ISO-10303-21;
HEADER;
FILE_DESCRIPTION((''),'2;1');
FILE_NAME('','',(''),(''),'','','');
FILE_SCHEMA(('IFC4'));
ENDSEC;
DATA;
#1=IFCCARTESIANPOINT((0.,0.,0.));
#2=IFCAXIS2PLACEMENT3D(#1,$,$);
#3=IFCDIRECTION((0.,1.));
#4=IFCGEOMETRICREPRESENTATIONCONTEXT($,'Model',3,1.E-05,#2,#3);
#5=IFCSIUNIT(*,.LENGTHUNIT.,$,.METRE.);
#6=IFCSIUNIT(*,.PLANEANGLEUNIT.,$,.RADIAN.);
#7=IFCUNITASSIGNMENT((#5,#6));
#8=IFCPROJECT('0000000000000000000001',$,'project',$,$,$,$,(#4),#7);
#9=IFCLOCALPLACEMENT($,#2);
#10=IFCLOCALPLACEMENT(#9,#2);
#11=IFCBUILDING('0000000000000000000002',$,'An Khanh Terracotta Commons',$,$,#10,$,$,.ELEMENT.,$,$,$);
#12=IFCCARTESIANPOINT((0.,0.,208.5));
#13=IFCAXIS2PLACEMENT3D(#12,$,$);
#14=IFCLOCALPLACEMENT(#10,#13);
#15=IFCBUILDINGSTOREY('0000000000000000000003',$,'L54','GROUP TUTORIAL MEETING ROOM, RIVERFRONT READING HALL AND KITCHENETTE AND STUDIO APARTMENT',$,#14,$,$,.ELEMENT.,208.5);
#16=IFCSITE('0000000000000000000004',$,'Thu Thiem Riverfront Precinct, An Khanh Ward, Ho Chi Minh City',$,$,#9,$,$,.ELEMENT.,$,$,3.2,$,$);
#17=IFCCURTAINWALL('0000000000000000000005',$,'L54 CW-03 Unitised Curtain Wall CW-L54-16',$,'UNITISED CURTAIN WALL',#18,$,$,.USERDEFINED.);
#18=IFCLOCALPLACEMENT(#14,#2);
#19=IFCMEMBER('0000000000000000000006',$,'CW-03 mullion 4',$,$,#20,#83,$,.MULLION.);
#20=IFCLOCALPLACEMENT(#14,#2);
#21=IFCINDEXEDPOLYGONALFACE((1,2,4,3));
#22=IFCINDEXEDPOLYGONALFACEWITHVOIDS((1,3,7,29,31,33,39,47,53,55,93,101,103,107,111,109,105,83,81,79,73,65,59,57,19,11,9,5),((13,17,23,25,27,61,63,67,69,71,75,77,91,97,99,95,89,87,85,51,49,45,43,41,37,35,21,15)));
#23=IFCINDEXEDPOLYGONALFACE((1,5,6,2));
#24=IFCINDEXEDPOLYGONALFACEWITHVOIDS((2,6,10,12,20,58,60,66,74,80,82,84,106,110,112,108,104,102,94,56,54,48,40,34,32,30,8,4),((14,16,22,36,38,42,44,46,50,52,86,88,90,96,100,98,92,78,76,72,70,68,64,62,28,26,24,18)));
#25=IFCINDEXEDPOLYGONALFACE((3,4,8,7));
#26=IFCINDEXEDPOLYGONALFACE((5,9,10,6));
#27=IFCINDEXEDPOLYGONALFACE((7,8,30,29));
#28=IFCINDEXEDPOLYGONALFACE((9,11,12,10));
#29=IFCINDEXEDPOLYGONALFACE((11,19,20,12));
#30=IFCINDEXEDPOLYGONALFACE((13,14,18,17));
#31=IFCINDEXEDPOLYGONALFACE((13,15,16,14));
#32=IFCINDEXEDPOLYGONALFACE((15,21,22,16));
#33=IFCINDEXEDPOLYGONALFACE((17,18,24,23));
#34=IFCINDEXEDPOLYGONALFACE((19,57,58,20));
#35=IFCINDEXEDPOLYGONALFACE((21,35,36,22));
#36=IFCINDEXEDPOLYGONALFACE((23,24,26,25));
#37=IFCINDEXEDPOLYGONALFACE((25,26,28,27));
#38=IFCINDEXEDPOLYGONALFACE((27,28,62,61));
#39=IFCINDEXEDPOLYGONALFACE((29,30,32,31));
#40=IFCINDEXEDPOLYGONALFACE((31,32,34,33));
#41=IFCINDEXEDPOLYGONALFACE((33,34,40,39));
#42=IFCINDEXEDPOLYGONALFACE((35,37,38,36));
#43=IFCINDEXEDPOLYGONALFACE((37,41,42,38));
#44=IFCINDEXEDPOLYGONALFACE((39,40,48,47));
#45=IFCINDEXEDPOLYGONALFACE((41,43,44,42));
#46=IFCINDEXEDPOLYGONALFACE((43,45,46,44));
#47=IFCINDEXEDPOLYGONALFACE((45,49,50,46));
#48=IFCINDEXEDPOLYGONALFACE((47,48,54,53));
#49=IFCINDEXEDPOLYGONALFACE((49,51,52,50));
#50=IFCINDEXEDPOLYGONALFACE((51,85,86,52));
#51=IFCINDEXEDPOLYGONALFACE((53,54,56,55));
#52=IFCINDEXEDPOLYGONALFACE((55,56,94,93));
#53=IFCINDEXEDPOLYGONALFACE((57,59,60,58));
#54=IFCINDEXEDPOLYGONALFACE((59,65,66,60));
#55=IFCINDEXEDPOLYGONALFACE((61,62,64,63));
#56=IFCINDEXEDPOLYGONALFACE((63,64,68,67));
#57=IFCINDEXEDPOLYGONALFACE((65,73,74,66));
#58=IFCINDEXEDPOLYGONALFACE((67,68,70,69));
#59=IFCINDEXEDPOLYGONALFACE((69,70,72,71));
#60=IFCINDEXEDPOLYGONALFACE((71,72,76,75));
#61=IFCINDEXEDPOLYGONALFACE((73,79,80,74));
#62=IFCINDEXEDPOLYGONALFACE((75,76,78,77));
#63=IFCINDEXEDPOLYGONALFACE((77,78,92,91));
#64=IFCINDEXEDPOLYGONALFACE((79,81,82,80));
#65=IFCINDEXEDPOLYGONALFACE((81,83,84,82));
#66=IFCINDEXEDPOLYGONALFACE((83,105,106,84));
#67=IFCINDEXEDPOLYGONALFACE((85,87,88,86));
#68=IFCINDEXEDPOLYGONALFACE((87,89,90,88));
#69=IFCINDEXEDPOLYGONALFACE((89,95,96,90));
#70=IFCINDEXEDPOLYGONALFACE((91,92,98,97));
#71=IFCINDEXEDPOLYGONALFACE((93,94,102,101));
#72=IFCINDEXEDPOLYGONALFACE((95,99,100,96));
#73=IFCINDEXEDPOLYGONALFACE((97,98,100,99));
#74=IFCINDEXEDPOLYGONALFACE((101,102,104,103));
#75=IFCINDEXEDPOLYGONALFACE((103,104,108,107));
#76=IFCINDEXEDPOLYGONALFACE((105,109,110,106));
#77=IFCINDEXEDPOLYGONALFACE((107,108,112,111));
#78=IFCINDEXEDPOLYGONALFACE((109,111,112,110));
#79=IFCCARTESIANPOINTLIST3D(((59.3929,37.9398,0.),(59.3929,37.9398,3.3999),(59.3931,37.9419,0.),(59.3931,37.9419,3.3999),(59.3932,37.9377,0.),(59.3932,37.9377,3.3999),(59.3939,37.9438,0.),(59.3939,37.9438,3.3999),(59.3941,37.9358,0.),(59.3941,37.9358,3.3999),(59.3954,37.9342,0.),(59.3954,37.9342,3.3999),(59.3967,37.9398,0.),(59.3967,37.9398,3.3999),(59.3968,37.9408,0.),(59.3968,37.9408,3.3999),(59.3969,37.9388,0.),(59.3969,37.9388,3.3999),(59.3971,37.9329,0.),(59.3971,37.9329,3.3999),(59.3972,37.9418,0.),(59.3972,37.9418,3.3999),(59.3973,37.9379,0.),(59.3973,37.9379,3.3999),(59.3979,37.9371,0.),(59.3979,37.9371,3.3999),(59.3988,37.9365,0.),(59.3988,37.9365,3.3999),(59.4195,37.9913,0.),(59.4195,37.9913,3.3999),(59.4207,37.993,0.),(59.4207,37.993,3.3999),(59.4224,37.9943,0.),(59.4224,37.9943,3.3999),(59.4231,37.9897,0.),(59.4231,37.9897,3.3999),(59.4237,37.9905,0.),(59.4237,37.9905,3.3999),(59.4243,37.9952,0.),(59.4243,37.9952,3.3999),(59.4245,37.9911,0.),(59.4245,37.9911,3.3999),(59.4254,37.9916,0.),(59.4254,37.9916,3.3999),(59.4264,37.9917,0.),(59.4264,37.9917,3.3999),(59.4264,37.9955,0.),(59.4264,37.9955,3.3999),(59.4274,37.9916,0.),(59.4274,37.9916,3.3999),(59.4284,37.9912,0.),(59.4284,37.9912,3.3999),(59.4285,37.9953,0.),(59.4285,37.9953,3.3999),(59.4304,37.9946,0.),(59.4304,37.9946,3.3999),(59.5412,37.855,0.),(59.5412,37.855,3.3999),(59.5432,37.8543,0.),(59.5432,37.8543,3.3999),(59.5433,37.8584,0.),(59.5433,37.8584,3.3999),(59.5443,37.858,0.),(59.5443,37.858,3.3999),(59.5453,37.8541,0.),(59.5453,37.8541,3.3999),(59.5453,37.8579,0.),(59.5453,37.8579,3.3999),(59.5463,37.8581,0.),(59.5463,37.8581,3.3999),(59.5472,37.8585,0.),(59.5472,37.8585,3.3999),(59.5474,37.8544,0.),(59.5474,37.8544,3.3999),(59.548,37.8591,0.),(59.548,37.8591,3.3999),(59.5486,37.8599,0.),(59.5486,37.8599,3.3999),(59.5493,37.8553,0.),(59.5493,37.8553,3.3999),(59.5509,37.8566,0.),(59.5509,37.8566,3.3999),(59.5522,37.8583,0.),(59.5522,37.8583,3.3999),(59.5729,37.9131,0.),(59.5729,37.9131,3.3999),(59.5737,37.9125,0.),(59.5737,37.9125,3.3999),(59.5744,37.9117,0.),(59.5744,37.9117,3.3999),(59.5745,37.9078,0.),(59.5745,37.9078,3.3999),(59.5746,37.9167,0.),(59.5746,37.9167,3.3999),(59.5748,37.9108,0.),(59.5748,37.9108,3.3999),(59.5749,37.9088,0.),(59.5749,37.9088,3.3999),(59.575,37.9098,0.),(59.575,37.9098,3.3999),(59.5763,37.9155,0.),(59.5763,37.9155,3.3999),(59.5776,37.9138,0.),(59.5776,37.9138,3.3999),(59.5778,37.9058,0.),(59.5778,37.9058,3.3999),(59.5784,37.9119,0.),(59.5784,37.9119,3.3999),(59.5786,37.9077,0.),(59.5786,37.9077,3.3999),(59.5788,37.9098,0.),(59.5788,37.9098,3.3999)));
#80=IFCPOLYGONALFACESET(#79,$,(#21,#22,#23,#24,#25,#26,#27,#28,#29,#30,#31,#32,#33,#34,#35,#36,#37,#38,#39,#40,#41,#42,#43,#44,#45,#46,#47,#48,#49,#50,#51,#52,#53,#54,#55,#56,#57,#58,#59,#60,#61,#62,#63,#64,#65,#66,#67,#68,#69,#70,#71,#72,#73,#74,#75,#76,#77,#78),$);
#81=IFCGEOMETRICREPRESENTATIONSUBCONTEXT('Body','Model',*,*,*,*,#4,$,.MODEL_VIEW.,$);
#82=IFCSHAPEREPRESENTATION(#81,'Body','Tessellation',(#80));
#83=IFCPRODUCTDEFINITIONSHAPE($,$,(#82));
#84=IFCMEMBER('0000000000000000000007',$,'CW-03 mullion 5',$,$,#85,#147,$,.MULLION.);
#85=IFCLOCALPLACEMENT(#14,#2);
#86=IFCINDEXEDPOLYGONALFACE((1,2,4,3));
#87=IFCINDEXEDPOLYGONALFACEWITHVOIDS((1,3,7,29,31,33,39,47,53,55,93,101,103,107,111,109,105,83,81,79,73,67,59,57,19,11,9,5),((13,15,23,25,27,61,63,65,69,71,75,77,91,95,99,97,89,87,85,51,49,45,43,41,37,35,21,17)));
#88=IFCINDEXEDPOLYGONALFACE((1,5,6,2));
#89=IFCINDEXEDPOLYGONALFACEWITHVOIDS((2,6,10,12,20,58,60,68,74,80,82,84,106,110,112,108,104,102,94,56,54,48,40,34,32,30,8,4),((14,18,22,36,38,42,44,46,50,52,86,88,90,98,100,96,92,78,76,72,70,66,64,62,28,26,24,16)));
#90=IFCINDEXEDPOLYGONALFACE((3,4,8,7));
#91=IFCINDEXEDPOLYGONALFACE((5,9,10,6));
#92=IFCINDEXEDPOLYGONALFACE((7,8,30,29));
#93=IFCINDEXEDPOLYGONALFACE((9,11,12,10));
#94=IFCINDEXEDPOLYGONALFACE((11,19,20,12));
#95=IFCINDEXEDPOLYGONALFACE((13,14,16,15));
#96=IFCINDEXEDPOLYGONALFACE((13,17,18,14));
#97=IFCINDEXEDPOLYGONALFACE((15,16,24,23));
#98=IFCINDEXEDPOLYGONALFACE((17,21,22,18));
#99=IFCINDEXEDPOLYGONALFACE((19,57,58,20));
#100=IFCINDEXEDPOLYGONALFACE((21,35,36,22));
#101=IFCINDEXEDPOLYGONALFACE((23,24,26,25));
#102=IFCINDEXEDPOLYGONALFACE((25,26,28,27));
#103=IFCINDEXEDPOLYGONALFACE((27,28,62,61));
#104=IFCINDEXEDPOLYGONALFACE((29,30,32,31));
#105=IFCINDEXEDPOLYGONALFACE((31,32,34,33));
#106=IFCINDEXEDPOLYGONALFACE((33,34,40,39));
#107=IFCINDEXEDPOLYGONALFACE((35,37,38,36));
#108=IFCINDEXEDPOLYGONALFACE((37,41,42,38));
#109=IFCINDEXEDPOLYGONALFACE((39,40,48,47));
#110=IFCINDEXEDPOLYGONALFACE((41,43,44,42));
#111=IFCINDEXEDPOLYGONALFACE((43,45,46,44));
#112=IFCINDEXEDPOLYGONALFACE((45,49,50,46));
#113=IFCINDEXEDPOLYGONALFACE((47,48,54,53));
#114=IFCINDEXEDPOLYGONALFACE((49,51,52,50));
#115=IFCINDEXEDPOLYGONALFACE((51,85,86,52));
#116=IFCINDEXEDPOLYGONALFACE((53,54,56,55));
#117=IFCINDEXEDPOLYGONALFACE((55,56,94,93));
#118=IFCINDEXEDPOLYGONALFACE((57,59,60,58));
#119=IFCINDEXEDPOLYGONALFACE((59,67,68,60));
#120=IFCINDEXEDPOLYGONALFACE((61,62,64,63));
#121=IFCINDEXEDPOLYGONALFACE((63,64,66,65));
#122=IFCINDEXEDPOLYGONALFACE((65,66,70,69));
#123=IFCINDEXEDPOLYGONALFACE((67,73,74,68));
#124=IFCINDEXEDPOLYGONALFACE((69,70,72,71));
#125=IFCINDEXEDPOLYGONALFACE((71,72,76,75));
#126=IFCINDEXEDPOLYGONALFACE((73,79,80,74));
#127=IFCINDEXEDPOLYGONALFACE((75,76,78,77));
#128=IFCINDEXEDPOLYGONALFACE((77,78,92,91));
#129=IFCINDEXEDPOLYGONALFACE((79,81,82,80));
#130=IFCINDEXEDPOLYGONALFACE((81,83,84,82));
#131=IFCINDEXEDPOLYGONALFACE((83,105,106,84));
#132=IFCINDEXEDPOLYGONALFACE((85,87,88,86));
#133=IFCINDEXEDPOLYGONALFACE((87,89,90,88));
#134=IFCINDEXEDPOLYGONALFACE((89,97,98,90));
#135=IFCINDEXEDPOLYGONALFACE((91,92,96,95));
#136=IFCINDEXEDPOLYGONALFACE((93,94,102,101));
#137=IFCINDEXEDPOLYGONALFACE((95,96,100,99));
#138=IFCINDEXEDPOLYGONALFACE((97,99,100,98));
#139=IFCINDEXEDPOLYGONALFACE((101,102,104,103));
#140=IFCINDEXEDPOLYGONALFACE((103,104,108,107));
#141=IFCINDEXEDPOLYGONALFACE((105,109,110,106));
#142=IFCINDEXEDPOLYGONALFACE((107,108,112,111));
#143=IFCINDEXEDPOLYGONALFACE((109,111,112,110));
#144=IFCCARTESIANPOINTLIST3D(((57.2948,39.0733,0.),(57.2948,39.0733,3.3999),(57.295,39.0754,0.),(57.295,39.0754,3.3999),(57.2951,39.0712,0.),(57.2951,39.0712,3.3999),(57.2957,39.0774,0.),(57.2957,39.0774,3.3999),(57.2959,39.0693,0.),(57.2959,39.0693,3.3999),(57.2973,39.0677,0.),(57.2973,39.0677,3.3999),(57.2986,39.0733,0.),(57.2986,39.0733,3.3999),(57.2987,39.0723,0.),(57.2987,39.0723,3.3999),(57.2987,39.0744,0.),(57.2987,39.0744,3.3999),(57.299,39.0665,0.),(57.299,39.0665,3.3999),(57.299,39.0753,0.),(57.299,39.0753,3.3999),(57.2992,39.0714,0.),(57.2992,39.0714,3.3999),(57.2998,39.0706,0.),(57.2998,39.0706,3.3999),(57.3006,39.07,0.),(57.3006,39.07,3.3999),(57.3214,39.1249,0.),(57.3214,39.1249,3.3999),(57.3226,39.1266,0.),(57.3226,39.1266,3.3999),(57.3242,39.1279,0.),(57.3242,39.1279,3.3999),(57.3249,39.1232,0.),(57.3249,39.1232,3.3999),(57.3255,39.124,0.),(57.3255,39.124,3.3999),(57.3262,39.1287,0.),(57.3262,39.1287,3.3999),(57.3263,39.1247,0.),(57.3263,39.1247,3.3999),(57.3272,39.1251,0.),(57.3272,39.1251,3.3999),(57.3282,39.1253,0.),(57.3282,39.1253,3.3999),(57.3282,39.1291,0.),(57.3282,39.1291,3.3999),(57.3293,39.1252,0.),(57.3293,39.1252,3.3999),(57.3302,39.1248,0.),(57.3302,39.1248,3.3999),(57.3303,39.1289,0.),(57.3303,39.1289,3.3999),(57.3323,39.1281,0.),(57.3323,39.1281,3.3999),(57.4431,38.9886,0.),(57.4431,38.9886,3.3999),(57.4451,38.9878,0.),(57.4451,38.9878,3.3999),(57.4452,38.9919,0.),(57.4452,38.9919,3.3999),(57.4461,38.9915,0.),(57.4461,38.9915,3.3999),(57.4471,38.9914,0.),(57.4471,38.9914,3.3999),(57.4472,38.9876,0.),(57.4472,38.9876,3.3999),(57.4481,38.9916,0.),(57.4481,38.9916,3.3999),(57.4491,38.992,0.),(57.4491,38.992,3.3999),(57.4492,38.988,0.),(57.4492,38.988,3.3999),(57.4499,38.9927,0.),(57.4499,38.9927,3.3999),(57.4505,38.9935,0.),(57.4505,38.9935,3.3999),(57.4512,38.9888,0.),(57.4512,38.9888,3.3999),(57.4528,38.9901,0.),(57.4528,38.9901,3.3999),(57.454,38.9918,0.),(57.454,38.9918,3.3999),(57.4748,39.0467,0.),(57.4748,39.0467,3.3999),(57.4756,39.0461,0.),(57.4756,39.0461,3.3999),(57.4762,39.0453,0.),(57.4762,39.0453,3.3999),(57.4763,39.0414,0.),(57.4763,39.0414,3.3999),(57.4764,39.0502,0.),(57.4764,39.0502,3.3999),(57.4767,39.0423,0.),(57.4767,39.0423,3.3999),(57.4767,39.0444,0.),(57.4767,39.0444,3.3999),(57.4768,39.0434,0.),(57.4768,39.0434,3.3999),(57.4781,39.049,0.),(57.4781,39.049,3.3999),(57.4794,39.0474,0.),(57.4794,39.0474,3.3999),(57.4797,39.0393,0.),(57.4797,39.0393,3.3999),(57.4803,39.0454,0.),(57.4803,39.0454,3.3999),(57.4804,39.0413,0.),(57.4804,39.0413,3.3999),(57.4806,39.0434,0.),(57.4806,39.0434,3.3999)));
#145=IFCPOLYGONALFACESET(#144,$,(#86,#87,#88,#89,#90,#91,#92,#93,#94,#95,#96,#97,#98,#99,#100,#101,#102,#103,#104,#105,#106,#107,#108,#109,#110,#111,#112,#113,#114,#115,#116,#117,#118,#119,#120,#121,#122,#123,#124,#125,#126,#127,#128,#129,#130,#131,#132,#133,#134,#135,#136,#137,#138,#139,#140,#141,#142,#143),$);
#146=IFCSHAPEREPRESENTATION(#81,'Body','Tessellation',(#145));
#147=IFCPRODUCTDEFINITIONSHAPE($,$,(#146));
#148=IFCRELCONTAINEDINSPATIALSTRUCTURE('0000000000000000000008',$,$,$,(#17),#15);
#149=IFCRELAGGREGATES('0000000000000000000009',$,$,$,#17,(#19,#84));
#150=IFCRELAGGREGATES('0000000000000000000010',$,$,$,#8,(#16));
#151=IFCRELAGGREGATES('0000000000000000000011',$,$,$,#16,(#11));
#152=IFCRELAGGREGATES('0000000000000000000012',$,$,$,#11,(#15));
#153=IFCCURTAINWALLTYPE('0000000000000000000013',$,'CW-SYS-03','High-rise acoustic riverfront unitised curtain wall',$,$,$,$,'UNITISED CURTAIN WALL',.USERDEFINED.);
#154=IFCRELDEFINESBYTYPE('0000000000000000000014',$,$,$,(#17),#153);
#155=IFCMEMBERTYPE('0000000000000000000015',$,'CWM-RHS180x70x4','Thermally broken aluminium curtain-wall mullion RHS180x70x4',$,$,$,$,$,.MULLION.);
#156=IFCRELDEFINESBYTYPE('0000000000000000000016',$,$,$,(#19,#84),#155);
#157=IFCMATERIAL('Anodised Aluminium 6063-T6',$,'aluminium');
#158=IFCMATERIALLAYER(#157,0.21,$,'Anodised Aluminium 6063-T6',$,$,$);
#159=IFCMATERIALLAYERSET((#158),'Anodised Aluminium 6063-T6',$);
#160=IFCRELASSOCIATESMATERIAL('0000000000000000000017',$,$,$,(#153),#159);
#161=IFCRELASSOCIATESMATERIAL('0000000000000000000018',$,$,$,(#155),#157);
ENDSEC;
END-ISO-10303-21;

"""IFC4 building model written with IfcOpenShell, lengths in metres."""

from ifc_helpers import new_model, si_unit, direction, frame, origin, origin_2d, place, context, subcontext, project, spatial, hollow_rectangle, extrude, material, layer, layer_set, material_profile, profile_set, type_object, element, aggregate, save


model = new_model("IFC4")

# Units and contexts
model_context = context("Model", 3, precision=1e-05, world=origin(), true_north=direction((0.0, 1.0)))
body_context = subcontext(model_context, "Body", "Model", "MODEL_VIEW")
ifc_project = project(units=[si_unit("LENGTHUNIT", "METRE"), si_unit("PLANEANGLEUNIT", "RADIAN")], contexts=[model_context])

# Site, building, storey
site_placement = place(None, origin())
site = spatial("IfcSite", under=ifc_project, at=site_placement, Name="Thu Thiem Riverfront Precinct, An Khanh Ward, Ho Chi Minh City", CompositionType="ELEMENT", RefElevation=3.2)
building_placement = place(site_placement, origin())
building = spatial("IfcBuilding", under=site, at=building_placement, Name="An Khanh Terracotta Commons", CompositionType="ELEMENT")
storey_placement = place(building_placement, frame((0.0, 0.0, 208.5)))
storey = spatial("IfcBuildingStorey", under=building, at=storey_placement, Name="L54", Description="GROUP TUTORIAL MEETING ROOM, RIVERFRONT READING HALL AND KITCHENETTE AND STUDIO APARTMENT", CompositionType="ELEMENT", Elevation=208.5)

# Curtain wall, members
ifc_material_1 = material(Name="Anodised Aluminium 6063-T6", Category="aluminium")
ifc_layer_1 = layer(ifc_material_1, 0.21, Name="Anodised Aluminium 6063-T6")
ifc_layer_set_1 = layer_set([ifc_layer_1], Name="Anodised Aluminium 6063-T6")
curtain_wall_type = type_object("IfcCurtainWallType", Name="CW-SYS-03", Description="High-rise acoustic riverfront unitised curtain wall", ElementType="UNITISED CURTAIN WALL", PredefinedType="USERDEFINED", material=ifc_layer_set_1)
curtain_wall_placement = place(storey_placement, origin())
curtain_wall = element("IfcCurtainWall", 1, at=curtain_wall_placement, inside=storey, type_object=curtain_wall_type, Name="L54 CW-03 Unitised Curtain Wall CW-L54-16", ObjectType="UNITISED CURTAIN WALL", PredefinedType="USERDEFINED")
ifc_material_profile_1 = material_profile(ifc_material_1, hollow_rectangle(XDim=0.0701, YDim=0.1799, WallThickness=0.0039, InnerFilletRadius=0.0039, OuterFilletRadius=0.0081, at=origin_2d()), Name="RHS180x70x4")
ifc_profile_set_1 = profile_set([ifc_material_profile_1], Name="Anodised Aluminium 6063-T6")
member_type_1 = type_object("IfcMemberType", Name="CWM-RHS180x70x4", Description="Thermally broken aluminium curtain-wall mullion RHS180x70x4", PredefinedType="MULLION", material=ifc_profile_set_1)
member_1_placement = place(storey_placement, frame((59.4858, 37.9248, 0.0), z_axis=(0.0, 0.0, 1.0), x_axis=(-0.475381, -0.87978, 0.0)))
member_1 = element("IfcMember", 2, at=member_1_placement, type_object=member_type_1, Name="CW-03 mullion 4", PredefinedType="MULLION", context=body_context, shape_type="SweptSolid", body=[
    extrude(hollow_rectangle(XDim=0.0701, YDim=0.1799, WallThickness=0.0039, InnerFilletRadius=0.0039, OuterFilletRadius=0.0081, at=origin_2d()), origin(), (0.0, 0.0, 1.0), 3.3999),
])
member_2_placement = place(storey_placement, frame((57.3877, 39.0583, 0.0), z_axis=(0.0, 0.0, 1.0), x_axis=(-0.475381, -0.87978, 0.0)))
member_2 = element("IfcMember", 3, at=member_2_placement, type_object=member_type_1, Name="CW-03 mullion 5", PredefinedType="MULLION", context=body_context, shape_type="SweptSolid", body=[
    extrude(hollow_rectangle(XDim=0.0701, YDim=0.1799, WallThickness=0.0039, InnerFilletRadius=0.0039, OuterFilletRadius=0.0081, at=origin_2d()), origin(), (0.0, 0.0, 1.0), 3.3999),
])
aggregate(curtain_wall, [member_1, member_2])

save(model, "model.ifc")
